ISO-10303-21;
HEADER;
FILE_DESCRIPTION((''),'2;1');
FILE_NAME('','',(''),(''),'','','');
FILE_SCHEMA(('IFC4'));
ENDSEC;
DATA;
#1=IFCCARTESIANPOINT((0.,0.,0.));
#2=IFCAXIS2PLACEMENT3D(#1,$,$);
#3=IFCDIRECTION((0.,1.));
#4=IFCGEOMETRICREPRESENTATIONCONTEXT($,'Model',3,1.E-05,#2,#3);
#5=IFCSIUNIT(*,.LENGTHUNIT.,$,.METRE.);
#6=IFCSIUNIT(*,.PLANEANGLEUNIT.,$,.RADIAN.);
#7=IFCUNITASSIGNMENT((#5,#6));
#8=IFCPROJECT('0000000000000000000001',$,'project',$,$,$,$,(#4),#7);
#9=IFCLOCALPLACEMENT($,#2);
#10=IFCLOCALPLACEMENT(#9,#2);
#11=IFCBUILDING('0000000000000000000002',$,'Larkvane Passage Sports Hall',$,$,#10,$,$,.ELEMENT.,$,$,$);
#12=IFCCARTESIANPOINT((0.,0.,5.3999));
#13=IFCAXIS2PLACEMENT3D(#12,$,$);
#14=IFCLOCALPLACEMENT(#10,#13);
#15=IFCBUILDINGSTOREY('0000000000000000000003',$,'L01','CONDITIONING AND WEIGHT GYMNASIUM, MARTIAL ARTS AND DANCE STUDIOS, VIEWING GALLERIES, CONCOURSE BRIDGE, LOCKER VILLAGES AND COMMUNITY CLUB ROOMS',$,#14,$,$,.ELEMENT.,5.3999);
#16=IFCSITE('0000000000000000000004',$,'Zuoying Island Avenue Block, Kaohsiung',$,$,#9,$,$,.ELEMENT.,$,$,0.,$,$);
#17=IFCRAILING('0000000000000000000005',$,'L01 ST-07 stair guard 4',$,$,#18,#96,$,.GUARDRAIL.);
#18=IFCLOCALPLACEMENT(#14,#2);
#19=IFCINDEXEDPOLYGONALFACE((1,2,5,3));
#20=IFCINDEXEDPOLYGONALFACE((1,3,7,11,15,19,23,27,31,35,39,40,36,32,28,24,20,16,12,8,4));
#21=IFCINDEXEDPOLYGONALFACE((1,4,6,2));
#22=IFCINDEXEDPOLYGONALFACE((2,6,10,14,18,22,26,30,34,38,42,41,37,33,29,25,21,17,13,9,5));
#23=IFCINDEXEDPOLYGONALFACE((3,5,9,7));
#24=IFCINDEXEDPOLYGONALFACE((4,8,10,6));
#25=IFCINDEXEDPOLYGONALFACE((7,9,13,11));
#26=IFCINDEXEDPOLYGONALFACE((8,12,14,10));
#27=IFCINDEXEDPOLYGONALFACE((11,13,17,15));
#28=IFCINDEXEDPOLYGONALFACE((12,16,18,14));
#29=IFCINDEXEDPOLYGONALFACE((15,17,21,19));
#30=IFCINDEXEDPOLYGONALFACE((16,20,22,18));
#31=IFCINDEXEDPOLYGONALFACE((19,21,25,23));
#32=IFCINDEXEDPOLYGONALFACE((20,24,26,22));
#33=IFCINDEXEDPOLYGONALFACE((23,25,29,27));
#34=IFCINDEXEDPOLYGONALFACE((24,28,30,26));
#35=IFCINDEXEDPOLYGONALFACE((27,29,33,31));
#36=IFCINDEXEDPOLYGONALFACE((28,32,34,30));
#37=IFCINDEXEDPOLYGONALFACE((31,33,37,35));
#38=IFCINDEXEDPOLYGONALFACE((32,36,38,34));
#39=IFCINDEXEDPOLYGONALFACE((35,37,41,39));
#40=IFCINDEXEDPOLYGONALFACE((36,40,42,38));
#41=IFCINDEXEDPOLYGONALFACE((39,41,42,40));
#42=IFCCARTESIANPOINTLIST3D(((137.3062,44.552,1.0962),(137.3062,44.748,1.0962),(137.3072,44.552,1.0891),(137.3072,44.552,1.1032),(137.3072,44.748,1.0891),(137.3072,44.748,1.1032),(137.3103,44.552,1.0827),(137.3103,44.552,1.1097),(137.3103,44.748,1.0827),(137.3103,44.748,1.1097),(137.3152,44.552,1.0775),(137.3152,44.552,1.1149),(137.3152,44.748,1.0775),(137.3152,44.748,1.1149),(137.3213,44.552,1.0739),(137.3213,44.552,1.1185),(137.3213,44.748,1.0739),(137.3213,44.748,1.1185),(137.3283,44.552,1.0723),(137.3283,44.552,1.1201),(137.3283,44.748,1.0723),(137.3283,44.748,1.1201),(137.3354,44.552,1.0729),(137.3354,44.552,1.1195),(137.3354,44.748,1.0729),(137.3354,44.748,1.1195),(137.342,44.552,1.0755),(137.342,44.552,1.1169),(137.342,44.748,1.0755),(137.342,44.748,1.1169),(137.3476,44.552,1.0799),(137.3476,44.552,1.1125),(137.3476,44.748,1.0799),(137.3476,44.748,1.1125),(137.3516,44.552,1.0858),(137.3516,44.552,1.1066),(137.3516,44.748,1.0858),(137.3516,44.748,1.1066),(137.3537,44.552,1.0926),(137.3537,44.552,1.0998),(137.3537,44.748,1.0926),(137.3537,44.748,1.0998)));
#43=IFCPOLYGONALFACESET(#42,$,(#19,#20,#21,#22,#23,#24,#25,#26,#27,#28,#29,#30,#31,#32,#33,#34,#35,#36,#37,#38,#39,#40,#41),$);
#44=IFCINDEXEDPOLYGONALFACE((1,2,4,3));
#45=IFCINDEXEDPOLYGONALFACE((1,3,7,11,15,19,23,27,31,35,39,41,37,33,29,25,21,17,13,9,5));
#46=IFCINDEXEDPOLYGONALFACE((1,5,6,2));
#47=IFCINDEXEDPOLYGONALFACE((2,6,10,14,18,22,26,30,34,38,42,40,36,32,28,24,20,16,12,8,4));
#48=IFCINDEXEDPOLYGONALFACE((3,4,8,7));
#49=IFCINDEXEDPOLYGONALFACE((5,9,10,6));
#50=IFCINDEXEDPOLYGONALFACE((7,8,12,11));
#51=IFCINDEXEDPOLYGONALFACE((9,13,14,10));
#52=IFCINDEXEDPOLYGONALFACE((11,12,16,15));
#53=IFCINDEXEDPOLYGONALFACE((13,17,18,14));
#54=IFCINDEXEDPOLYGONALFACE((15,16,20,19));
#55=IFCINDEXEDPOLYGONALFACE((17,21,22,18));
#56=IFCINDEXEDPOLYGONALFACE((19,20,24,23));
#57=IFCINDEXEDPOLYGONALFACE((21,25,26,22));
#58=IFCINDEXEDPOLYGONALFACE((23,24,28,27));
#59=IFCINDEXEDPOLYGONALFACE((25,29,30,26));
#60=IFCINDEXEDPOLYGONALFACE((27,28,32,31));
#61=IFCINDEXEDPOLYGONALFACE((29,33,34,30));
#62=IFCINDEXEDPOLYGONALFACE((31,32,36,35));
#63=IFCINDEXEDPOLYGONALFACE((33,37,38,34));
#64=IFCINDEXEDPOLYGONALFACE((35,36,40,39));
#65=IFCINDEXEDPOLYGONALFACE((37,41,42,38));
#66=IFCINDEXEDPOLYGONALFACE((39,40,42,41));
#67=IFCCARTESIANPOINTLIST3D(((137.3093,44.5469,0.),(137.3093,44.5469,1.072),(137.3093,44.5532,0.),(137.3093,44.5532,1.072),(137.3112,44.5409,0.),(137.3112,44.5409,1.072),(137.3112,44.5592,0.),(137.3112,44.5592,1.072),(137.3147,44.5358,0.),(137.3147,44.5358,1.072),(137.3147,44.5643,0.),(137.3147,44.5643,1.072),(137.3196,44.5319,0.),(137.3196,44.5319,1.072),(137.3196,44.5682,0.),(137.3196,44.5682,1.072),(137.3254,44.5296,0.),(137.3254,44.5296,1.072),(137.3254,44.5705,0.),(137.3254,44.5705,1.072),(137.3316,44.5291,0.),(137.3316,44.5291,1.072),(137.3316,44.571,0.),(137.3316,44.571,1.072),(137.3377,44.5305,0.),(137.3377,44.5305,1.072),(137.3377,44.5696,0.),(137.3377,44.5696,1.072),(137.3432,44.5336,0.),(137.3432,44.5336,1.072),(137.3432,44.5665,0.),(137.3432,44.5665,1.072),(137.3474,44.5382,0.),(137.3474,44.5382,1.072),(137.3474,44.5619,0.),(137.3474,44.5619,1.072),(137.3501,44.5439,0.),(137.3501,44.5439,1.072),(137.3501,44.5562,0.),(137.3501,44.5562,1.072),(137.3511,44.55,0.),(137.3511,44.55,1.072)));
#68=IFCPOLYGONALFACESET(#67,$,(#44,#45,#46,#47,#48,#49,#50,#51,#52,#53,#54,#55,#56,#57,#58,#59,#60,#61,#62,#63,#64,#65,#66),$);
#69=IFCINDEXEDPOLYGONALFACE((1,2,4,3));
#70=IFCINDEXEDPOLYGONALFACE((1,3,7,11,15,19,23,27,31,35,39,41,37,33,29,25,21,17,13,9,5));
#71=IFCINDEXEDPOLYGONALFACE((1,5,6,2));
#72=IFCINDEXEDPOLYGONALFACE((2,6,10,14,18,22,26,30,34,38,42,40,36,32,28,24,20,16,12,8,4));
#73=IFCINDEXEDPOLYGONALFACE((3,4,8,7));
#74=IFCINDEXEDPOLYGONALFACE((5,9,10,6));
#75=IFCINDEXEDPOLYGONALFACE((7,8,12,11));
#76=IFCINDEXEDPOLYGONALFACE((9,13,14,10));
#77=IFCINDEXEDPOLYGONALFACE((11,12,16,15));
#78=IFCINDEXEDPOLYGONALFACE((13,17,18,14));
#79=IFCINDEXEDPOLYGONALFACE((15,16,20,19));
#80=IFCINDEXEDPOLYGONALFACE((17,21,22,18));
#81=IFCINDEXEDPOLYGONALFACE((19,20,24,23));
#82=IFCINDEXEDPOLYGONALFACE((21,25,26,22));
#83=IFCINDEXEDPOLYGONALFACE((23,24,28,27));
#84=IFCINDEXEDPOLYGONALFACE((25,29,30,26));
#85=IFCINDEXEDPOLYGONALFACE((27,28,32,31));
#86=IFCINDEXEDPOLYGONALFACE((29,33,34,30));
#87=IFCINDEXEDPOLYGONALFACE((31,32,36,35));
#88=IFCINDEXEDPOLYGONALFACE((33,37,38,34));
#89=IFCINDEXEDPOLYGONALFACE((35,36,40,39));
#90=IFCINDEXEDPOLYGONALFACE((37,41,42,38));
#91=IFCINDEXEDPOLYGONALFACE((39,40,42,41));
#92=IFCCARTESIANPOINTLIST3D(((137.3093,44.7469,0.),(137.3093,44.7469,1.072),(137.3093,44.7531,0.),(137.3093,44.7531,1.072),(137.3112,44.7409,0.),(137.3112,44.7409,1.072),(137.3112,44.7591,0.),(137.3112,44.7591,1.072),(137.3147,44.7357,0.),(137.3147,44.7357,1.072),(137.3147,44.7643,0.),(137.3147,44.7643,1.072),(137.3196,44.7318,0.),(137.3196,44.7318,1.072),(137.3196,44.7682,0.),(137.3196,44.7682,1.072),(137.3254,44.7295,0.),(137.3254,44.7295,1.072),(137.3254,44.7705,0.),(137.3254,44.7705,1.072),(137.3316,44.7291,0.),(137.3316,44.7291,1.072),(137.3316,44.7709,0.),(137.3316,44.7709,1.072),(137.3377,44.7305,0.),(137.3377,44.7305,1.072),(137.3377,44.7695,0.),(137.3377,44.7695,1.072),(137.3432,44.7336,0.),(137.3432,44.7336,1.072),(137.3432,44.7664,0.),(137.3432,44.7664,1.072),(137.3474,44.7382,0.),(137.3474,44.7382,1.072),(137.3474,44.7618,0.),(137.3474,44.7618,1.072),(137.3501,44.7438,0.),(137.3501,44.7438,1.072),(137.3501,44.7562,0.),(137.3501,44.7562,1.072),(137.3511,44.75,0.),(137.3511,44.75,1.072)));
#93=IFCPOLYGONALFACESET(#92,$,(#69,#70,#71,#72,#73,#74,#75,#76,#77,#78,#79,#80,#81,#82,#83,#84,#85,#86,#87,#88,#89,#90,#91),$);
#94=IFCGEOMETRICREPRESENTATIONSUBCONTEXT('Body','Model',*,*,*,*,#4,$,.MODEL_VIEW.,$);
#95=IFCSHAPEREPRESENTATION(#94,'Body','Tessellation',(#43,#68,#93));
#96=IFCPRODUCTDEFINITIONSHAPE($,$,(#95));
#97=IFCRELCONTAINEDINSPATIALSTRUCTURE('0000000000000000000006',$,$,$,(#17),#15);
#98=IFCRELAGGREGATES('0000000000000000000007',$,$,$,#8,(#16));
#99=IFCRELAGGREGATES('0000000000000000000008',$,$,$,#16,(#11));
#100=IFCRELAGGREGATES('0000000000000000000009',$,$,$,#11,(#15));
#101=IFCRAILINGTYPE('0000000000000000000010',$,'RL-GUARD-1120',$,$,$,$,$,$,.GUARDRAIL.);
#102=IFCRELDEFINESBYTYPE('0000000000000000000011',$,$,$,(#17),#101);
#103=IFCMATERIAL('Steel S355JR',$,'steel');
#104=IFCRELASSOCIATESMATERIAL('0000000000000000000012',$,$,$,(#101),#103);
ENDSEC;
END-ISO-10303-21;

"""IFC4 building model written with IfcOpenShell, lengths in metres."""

from ifc_helpers import new_model, si_unit, direction, frame, origin, origin_2d, place, context, subcontext, project, spatial, circle, extrude, material, type_object, element, save


model = new_model("IFC4")

# Units and contexts
model_context = context("Model", 3, precision=1e-05, world=origin(), true_north=direction((0.0, 1.0)))
body_context = subcontext(model_context, "Body", "Model", "MODEL_VIEW")
ifc_project = project(units=[si_unit("LENGTHUNIT", "METRE"), si_unit("PLANEANGLEUNIT", "RADIAN")], contexts=[model_context])

# Site, building, storey
site_placement = place(None, origin())
site = spatial("IfcSite", under=ifc_project, at=site_placement, Name="Zuoying Island Avenue Block, Kaohsiung", CompositionType="ELEMENT", RefElevation=0.0)
building_placement = place(site_placement, origin())
building = spatial("IfcBuilding", under=site, at=building_placement, Name="Larkvane Passage Sports Hall", CompositionType="ELEMENT")
storey_placement = place(building_placement, frame((0.0, 0.0, 5.3999)))
storey = spatial("IfcBuildingStorey", under=building, at=storey_placement, Name="L01", Description="CONDITIONING AND WEIGHT GYMNASIUM, MARTIAL ARTS AND DANCE STUDIOS, VIEWING GALLERIES, CONCOURSE BRIDGE, LOCKER VILLAGES AND COMMUNITY CLUB ROOMS", CompositionType="ELEMENT", Elevation=5.3999)

# Shared definitions
ifc_material_1 = material(Name="Steel S355JR", Category="steel")

# Railing
railing_type_1 = type_object("IfcRailingType", Name="RL-GUARD-1120", PredefinedType="GUARDRAIL", material=ifc_material_1)
railing_1_placement = place(storey_placement, frame((137.3301, 44.55, 0.0)))
element("IfcRailing", 1, at=railing_1_placement, inside=storey, type_object=railing_type_1, Name="L01 ST-07 stair guard 4", PredefinedType="GUARDRAIL", context=body_context, shape_type="SweptSolid", body=[
    extrude(circle(Radius=0.0239, at=origin_2d()), frame((0.0, 0.002, 1.0962), z_axis=(0.0, 1.0, 0.0), x_axis=(-1.0, 0.0, 0.0)), (0.0, 0.0, 1.0), 0.196),
    extrude(circle(Radius=0.021, at=origin_2d()), origin(), (0.0, 0.0, 1.0), 1.072),
    extrude(circle(Radius=0.021, at=origin_2d()), frame((0.0, 0.2, 0.0)), (0.0, 0.0, 1.0), 1.072),
])

save(model, "model.ifc")
